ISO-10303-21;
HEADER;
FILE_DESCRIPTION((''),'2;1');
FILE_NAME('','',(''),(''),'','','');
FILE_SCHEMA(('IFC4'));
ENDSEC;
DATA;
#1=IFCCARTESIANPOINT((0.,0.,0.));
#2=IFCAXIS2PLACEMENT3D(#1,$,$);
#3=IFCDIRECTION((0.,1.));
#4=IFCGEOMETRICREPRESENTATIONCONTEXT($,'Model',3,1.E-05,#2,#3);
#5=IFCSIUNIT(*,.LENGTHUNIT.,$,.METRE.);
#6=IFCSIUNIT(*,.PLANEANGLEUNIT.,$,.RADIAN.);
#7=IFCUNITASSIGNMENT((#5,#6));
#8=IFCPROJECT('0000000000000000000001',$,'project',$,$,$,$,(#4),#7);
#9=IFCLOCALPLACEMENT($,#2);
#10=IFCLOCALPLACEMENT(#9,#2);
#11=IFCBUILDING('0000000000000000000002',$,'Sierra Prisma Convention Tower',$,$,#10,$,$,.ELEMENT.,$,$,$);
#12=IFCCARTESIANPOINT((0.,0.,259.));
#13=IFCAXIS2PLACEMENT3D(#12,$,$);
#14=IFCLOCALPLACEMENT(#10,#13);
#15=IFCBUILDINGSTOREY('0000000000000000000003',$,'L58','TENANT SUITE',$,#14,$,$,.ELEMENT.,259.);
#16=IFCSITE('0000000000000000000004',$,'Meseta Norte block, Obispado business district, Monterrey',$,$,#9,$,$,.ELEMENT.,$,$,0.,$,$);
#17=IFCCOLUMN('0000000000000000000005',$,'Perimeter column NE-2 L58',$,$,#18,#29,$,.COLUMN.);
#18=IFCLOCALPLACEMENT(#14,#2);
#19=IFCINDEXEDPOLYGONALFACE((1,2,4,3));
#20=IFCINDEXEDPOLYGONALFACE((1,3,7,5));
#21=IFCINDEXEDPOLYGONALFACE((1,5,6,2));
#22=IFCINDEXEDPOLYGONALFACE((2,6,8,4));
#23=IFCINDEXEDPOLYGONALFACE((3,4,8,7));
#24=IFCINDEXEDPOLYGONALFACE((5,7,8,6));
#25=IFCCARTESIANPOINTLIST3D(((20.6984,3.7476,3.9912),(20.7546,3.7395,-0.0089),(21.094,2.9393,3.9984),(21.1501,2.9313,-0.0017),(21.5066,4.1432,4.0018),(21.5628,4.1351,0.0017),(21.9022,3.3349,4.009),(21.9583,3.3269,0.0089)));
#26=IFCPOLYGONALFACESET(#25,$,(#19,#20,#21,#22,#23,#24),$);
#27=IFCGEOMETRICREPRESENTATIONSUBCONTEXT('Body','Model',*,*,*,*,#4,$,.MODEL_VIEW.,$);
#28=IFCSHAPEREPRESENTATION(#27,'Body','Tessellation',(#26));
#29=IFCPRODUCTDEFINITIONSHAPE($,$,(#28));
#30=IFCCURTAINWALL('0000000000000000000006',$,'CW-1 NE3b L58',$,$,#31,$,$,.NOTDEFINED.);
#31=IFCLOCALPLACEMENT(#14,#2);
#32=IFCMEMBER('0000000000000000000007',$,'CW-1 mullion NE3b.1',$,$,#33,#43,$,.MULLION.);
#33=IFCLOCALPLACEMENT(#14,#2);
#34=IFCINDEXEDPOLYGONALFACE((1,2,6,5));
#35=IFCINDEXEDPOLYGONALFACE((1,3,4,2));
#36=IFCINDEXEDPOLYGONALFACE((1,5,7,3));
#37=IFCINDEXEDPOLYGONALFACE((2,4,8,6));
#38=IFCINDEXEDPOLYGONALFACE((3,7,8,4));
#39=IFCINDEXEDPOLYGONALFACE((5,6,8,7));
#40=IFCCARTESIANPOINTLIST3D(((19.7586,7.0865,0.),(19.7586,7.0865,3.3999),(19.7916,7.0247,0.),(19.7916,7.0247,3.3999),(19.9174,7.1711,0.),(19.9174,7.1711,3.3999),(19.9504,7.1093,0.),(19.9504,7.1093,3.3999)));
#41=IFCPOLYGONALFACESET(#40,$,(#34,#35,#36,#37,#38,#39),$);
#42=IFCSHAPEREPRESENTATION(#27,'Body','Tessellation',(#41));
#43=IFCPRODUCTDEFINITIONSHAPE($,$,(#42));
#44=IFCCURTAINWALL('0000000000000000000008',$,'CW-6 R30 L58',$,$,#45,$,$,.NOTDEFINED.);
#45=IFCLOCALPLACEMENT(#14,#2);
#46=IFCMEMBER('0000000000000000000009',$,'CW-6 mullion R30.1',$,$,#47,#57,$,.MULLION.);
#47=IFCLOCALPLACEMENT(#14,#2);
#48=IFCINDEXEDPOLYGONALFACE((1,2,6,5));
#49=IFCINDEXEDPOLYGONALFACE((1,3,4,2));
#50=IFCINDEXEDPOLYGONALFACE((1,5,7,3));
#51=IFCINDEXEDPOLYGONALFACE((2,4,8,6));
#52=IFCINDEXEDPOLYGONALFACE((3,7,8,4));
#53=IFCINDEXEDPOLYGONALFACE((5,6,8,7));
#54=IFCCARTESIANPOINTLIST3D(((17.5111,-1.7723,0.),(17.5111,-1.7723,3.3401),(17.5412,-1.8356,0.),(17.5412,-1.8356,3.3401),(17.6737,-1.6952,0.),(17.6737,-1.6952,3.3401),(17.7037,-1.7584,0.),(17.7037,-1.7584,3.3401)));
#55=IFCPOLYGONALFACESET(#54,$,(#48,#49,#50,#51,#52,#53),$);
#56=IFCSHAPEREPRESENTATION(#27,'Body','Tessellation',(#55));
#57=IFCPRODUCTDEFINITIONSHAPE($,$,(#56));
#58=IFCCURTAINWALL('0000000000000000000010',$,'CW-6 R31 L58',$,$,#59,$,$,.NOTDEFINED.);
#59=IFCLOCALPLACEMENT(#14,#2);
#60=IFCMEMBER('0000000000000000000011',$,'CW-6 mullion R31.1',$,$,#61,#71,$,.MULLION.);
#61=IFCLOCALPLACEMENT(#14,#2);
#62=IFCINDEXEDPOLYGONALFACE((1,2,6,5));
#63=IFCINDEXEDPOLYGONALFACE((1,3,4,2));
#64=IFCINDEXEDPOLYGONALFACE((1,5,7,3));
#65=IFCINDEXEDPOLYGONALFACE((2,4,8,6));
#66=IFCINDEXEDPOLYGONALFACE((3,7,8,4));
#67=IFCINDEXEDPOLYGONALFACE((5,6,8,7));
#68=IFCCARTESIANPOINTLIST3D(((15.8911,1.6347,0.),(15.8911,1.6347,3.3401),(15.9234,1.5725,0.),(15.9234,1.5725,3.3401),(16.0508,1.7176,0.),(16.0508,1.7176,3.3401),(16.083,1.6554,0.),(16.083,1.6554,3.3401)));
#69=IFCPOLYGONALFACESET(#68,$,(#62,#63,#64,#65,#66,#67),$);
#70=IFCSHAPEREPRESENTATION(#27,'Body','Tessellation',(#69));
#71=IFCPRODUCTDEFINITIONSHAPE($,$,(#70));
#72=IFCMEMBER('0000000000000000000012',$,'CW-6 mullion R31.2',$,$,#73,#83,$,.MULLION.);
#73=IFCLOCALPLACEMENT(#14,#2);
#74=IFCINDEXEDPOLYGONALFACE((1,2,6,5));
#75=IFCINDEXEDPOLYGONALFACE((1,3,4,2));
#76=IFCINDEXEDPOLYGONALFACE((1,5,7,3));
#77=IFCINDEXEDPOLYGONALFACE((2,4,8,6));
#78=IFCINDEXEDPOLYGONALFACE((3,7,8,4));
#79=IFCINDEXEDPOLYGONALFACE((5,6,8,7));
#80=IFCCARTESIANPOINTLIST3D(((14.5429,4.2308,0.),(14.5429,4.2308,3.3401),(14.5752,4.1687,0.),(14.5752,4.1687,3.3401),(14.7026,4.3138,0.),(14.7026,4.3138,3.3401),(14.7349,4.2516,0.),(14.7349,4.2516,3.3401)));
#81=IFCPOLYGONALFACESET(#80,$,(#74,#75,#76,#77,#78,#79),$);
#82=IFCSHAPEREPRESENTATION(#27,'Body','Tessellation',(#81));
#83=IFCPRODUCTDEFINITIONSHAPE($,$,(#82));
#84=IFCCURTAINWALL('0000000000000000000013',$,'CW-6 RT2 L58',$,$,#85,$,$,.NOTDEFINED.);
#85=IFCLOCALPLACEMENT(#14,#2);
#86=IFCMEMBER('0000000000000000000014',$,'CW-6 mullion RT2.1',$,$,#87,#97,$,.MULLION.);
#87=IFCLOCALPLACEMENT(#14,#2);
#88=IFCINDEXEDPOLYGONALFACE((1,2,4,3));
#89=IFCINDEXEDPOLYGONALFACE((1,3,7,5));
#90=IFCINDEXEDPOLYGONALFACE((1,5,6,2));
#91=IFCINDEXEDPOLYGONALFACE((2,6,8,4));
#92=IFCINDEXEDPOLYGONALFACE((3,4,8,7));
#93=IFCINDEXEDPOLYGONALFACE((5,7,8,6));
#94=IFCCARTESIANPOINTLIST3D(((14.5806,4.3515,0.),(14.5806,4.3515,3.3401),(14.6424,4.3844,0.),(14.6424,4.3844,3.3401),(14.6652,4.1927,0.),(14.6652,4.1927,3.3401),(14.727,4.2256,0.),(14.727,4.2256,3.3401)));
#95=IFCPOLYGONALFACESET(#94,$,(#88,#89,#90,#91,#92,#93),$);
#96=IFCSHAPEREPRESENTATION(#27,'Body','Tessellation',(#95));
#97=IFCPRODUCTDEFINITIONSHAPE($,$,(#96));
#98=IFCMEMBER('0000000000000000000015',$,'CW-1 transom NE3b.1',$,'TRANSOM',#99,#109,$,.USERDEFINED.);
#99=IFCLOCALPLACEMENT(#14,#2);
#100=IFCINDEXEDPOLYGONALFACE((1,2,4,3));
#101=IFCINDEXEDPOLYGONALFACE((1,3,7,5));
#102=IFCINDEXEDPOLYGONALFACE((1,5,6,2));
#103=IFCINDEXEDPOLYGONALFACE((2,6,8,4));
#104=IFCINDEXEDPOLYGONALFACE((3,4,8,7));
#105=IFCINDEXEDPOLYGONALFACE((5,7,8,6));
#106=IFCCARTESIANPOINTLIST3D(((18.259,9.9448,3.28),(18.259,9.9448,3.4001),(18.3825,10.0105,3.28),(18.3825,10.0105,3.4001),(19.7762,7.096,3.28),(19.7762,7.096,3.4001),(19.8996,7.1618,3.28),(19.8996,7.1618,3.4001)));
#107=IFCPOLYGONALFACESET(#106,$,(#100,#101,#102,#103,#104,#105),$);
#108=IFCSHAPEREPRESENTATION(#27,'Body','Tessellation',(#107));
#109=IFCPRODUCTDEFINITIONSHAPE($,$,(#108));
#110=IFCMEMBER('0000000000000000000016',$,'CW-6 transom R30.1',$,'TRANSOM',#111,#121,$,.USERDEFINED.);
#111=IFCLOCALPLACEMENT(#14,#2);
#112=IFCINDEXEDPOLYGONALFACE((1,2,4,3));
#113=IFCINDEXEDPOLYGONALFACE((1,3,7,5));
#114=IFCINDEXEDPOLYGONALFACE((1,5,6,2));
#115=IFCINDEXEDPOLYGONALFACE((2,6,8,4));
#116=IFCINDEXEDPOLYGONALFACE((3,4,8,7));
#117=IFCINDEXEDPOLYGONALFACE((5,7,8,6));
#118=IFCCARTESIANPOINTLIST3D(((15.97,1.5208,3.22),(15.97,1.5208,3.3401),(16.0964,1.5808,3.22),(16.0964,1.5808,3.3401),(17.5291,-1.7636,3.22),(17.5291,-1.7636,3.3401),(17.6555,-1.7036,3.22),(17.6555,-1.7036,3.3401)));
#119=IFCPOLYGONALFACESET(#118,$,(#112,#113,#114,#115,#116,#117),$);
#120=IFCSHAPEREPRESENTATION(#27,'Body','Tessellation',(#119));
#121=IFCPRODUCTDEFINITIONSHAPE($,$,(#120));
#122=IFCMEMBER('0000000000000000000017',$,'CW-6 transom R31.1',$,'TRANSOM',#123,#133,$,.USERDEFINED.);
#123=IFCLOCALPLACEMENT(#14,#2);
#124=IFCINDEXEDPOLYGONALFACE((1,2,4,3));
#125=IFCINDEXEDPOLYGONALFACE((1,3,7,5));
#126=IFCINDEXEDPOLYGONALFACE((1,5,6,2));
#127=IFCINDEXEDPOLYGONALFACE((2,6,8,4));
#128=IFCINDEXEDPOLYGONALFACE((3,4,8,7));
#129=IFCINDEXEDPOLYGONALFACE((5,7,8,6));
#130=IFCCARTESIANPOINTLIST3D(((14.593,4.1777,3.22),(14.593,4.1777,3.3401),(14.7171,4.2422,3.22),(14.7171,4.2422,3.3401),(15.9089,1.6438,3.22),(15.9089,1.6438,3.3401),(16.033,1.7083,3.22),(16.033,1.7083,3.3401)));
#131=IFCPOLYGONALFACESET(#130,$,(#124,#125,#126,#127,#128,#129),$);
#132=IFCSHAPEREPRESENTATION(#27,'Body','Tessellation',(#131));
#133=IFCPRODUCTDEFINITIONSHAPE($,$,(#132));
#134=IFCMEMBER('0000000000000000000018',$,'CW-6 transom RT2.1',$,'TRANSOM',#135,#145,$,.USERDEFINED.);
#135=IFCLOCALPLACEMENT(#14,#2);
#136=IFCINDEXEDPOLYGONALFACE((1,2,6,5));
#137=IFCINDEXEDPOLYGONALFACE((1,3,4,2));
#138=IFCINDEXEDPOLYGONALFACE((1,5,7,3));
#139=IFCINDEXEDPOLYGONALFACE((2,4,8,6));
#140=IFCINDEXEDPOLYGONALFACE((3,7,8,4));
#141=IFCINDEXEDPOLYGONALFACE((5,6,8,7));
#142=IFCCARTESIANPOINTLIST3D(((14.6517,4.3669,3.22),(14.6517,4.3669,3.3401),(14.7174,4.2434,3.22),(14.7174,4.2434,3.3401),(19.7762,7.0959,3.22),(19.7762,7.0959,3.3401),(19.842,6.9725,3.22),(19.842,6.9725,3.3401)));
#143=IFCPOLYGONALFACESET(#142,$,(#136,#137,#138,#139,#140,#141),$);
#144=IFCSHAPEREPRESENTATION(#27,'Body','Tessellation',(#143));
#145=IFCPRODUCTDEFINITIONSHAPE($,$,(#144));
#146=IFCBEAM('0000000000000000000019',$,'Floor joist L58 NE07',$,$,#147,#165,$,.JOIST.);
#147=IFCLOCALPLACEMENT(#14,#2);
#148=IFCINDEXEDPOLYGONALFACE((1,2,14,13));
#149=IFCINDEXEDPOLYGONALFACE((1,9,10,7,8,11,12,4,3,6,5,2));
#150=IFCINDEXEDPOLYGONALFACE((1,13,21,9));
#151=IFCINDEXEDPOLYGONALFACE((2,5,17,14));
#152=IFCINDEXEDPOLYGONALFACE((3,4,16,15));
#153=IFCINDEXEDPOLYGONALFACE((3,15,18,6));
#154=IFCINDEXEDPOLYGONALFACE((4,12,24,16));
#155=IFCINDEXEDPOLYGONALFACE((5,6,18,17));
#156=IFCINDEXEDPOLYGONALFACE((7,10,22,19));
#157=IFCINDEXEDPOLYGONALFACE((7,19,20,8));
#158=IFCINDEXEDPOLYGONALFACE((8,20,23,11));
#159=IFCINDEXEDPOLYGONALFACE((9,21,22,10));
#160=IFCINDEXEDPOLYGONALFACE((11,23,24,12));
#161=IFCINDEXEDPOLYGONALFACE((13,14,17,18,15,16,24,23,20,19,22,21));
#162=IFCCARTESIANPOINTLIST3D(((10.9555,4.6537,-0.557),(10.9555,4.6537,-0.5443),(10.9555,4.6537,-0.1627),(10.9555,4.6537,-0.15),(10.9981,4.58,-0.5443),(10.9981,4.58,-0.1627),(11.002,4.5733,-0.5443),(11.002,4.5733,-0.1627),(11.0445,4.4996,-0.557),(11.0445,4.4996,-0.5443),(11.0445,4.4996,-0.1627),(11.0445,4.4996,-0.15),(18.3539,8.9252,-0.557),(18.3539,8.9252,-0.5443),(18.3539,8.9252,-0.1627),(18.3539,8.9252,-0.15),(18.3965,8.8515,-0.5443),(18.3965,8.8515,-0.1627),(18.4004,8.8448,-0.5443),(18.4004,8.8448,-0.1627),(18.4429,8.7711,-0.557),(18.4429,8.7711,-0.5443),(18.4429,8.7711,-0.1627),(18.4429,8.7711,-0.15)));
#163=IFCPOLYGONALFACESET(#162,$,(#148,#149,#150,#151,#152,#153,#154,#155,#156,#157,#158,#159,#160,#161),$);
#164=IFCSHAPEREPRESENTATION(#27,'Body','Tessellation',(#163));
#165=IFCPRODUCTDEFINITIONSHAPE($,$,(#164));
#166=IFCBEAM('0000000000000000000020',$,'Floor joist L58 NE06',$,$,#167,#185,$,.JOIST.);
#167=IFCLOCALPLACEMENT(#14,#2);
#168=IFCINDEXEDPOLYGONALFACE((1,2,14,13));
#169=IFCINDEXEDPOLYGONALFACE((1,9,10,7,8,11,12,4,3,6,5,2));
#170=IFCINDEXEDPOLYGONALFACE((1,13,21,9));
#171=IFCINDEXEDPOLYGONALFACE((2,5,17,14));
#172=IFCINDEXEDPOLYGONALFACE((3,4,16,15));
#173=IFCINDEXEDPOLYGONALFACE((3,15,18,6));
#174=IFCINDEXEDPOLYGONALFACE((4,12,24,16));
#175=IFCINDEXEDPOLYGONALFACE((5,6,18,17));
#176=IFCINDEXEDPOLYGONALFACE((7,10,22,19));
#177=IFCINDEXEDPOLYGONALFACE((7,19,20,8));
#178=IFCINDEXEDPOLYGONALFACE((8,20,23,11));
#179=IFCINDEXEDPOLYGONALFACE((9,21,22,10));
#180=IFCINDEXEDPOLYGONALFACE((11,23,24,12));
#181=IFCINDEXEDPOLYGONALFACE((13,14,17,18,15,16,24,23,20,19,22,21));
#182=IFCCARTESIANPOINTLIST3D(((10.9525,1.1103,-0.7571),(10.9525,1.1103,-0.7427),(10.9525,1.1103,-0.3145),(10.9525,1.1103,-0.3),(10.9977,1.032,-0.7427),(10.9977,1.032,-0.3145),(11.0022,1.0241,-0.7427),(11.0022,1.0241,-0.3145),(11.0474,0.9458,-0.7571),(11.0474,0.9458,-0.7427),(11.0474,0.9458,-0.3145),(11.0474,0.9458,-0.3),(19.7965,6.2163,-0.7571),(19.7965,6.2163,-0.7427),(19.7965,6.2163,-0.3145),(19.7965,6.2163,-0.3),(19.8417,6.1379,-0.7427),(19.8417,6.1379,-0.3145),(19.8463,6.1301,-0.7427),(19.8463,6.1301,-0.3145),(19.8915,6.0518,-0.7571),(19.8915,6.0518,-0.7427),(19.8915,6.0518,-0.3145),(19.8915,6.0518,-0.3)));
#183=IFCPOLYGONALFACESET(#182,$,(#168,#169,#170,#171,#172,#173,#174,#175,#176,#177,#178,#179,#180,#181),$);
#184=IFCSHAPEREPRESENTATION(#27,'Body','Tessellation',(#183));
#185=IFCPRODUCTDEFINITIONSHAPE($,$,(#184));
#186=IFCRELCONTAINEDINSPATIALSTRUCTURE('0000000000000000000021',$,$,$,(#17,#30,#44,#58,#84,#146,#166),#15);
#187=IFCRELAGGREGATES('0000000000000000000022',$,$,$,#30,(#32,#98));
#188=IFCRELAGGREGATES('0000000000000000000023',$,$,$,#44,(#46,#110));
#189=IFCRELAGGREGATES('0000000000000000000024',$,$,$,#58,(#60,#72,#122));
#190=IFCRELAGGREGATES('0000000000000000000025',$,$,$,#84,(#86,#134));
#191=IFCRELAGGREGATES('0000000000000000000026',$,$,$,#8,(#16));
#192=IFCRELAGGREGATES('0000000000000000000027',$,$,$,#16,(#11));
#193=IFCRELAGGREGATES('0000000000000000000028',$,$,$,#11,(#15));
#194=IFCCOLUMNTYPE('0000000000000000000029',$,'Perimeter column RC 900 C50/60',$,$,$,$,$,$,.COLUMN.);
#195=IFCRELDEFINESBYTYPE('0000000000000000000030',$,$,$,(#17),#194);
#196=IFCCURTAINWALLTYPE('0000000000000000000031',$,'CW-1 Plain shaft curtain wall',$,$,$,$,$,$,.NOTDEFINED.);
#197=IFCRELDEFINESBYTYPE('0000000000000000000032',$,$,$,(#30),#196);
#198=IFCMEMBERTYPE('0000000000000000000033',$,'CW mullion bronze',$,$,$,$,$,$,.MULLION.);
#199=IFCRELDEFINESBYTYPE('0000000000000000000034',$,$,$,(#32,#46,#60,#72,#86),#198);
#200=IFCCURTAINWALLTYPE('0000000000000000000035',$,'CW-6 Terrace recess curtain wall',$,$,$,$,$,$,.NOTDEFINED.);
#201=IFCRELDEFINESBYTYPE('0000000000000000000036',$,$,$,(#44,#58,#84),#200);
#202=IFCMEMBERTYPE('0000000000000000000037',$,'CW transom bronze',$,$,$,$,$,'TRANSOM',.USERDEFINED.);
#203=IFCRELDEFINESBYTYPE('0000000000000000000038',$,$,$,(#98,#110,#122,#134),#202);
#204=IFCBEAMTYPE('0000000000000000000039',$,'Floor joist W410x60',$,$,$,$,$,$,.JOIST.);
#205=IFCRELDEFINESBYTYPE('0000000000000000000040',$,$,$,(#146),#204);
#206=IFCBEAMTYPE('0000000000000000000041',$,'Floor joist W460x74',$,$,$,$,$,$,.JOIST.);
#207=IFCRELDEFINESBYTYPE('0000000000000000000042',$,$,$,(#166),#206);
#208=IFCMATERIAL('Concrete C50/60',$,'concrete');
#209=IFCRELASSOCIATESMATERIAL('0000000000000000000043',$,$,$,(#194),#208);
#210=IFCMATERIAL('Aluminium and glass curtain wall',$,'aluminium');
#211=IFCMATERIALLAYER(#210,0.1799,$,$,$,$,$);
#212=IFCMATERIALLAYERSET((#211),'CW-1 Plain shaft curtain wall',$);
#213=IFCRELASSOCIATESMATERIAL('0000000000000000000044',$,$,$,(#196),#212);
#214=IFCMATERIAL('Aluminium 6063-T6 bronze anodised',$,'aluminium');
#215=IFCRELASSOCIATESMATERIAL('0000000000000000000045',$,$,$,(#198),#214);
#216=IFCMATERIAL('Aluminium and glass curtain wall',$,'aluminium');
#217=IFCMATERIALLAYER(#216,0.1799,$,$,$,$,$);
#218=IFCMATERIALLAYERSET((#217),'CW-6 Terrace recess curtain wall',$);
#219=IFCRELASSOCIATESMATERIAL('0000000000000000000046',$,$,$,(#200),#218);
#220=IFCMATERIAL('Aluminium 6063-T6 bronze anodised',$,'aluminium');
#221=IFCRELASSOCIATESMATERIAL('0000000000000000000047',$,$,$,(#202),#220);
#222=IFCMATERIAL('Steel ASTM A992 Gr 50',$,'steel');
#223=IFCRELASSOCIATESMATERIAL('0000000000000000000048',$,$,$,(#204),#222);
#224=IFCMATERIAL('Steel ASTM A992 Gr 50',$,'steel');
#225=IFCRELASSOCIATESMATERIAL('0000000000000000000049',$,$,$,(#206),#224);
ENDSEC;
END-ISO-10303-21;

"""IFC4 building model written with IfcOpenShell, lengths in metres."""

from ifc_helpers import new_model, si_unit, direction, frame, origin, origin_2d, place, context, subcontext, project, spatial, rectangle, i_section, extrude, material, layer, layer_set, material_profile, profile_set, type_object, element, aggregate, save


model = new_model("IFC4")

# Units and contexts
model_context = context("Model", 3, precision=1e-05, world=origin(), true_north=direction((0.0, 1.0)))
body_context = subcontext(model_context, "Body", "Model", "MODEL_VIEW")
ifc_project = project(units=[si_unit("LENGTHUNIT", "METRE"), si_unit("PLANEANGLEUNIT", "RADIAN")], contexts=[model_context])

# Site, building, storey
site_placement = place(None, origin())
site = spatial("IfcSite", under=ifc_project, at=site_placement, Name="Meseta Norte block, Obispado business district, Monterrey", CompositionType="ELEMENT", RefElevation=0.0)
building_placement = place(site_placement, origin())
building = spatial("IfcBuilding", under=site, at=building_placement, Name="Sierra Prisma Convention Tower", CompositionType="ELEMENT")
storey_placement = place(building_placement, frame((0.0, 0.0, 259.0)))
storey = spatial("IfcBuildingStorey", under=building, at=storey_placement, Name="L58", Description="TENANT SUITE", CompositionType="ELEMENT", Elevation=259.0)

# Column
ifc_material_1 = material(Name="Concrete C50/60", Category="concrete")
ifc_material_profile_1 = material_profile(ifc_material_1, rectangle(XDim=0.8999, YDim=0.8999, at=origin_2d()), Name="Perimeter column RC 900 C50/60")
ifc_profile_set_1 = profile_set([ifc_material_profile_1], Name="Concrete C50/60")
column_type = type_object("IfcColumnType", Name="Perimeter column RC 900 C50/60", PredefinedType="COLUMN", material=ifc_profile_set_1)
column_placement = place(storey_placement, frame((21.3564, 3.5332, 0.0), z_axis=(-0.014037, 0.002014, 0.999899), x_axis=(-0.439532, 0.898191, -0.007979)))
element("IfcColumn", 1, at=column_placement, inside=storey, type_object=column_type, Name="Perimeter column NE-2 L58", PredefinedType="COLUMN", context=body_context, shape_type="SweptSolid", body=[
    extrude(rectangle(XDim=0.8999, YDim=0.8999, at=origin_2d()), origin(), (0.0, 0.0, 1.0), 4.0005),
])

# Curtain walls, members
ifc_material_2 = material(Name="Aluminium and glass curtain wall", Category="aluminium")
ifc_layer_1 = layer(ifc_material_2, 0.1799)
ifc_layer_set_1 = layer_set([ifc_layer_1], Name="CW-1 Plain shaft curtain wall")
curtain_wall_type_1 = type_object("IfcCurtainWallType", Name="CW-1 Plain shaft curtain wall", PredefinedType="NOTDEFINED", material=ifc_layer_set_1)
curtain_wall_1_placement = place(storey_placement, origin())
curtain_wall_1 = element("IfcCurtainWall", 2, at=curtain_wall_1_placement, inside=storey, type_object=curtain_wall_type_1, Name="CW-1 NE3b L58", PredefinedType="NOTDEFINED")
ifc_material_3 = material(Name="Aluminium 6063-T6 bronze anodised", Category="aluminium")
ifc_material_profile_2 = material_profile(ifc_material_3, rectangle(XDim=0.1799, YDim=0.0701, at=origin_2d()), Name="ALU MULLION 70x180")
ifc_profile_set_2 = profile_set([ifc_material_profile_2], Name="Aluminium 6063-T6 bronze anodised")
member_type_1 = type_object("IfcMemberType", Name="CW mullion bronze", PredefinedType="MULLION", material=ifc_profile_set_2)
member_1_placement = place(storey_placement, frame((19.8545, 7.0979, 0.0), z_axis=(0.0, 0.0, 1.0), x_axis=(-0.882633, -0.470063, 0.0)))
member_1 = element("IfcMember", 3, at=member_1_placement, type_object=member_type_1, Name="CW-1 mullion NE3b.1", PredefinedType="MULLION", context=body_context, shape_type="SweptSolid", body=[
    extrude(rectangle(XDim=0.1799, YDim=0.0701, at=origin_2d()), origin(), (0.0, 0.0, 1.0), 3.3999),
])
ifc_material_4 = material(Name="Aluminium and glass curtain wall", Category="aluminium")
ifc_layer_2 = layer(ifc_material_4, 0.1799)
ifc_layer_set_2 = layer_set([ifc_layer_2], Name="CW-6 Terrace recess curtain wall")
curtain_wall_type_2 = type_object("IfcCurtainWallType", Name="CW-6 Terrace recess curtain wall", PredefinedType="NOTDEFINED", material=ifc_layer_set_2)
curtain_wall_2_placement = place(storey_placement, origin())
curtain_wall_2 = element("IfcCurtainWall", 4, at=curtain_wall_2_placement, inside=storey, type_object=curtain_wall_type_2, Name="CW-6 R30 L58", PredefinedType="NOTDEFINED")
member_2_placement = place(storey_placement, frame((17.6074, -1.7654, 0.0), z_axis=(0.0, 0.0, 1.0), x_axis=(-0.903377, -0.428848, 0.0)))
member_2 = element("IfcMember", 5, at=member_2_placement, type_object=member_type_1, Name="CW-6 mullion R30.1", PredefinedType="MULLION", context=body_context, shape_type="SweptSolid", body=[
    extrude(rectangle(XDim=0.1799, YDim=0.0701, at=origin_2d()), origin(), (0.0, 0.0, 1.0), 3.3401),
])

# Curtain wall, members
curtain_wall_3_placement = place(storey_placement, origin())
curtain_wall_3 = element("IfcCurtainWall", 6, at=curtain_wall_3_placement, inside=storey, type_object=curtain_wall_type_2, Name="CW-6 R31 L58", PredefinedType="NOTDEFINED")
member_3_placement = place(storey_placement, frame((15.9871, 1.645, 0.0), z_axis=(0.0, 0.0, 1.0), x_axis=(-0.887483, -0.460841, 0.0)))
member_3 = element("IfcMember", 7, at=member_3_placement, type_object=member_type_1, Name="CW-6 mullion R31.1", PredefinedType="MULLION", context=body_context, shape_type="SweptSolid", body=[
    extrude(rectangle(XDim=0.1799, YDim=0.0701, at=origin_2d()), origin(), (0.0, 0.0, 1.0), 3.3401),
])
member_4_placement = place(storey_placement, frame((14.6389, 4.2412, 0.0), z_axis=(0.0, 0.0, 1.0), x_axis=(-0.887483, -0.460841, 0.0)))
member_4 = element("IfcMember", 8, at=member_4_placement, type_object=member_type_1, Name="CW-6 mullion R31.2", PredefinedType="MULLION", context=body_context, shape_type="SweptSolid", body=[
    extrude(rectangle(XDim=0.1799, YDim=0.0701, at=origin_2d()), origin(), (0.0, 0.0, 1.0), 3.3401),
])

# Curtain wall, member
curtain_wall_4_placement = place(storey_placement, origin())
curtain_wall_4 = element("IfcCurtainWall", 9, at=curtain_wall_4_placement, inside=storey, type_object=curtain_wall_type_2, Name="CW-6 RT2 L58", PredefinedType="NOTDEFINED")
member_5_placement = place(storey_placement, frame((14.6538, 4.2886, 0.0), z_axis=(0.0, 0.0, 1.0), x_axis=(-0.470063, 0.882633, 0.0)))
member_5 = element("IfcMember", 10, at=member_5_placement, type_object=member_type_1, Name="CW-6 mullion RT2.1", PredefinedType="MULLION", context=body_context, shape_type="SweptSolid", body=[
    extrude(rectangle(XDim=0.1799, YDim=0.0701, at=origin_2d()), origin(), (0.0, 0.0, 1.0), 3.3401),
])

# Members
ifc_material_5 = material(Name="Aluminium 6063-T6 bronze anodised", Category="aluminium")
ifc_material_profile_3 = material_profile(ifc_material_5, rectangle(XDim=0.1399, YDim=0.1201, at=origin_2d()), Name="ALU TRANSOM 120x140")
ifc_profile_set_3 = profile_set([ifc_material_profile_3], Name="Aluminium 6063-T6 bronze anodised")
member_type_2 = type_object("IfcMemberType", Name="CW transom bronze", ElementType="TRANSOM", PredefinedType="USERDEFINED", material=ifc_profile_set_3)
member_6_placement = place(storey_placement, frame((19.8379, 7.1289, 3.3401), z_axis=(-0.470062, 0.882633, 0.0), x_axis=(-0.882633, -0.470062, 0.0)))
member_6 = element("IfcMember", 11, at=member_6_placement, type_object=member_type_2, Name="CW-1 transom NE3b.1", ObjectType="TRANSOM", PredefinedType="USERDEFINED", context=body_context, shape_type="SweptSolid", body=[
    extrude(rectangle(XDim=0.1399, YDim=0.1201, at=origin_2d()), origin(), (0.0, 0.0, 1.0), 3.2275),
])
member_7_placement = place(storey_placement, frame((17.5923, -1.7336, 3.28), z_axis=(-0.428828, 0.903386, 0.0), x_axis=(-0.903386, -0.428828, 0.0)))
member_7 = element("IfcMember", 12, at=member_7_placement, type_object=member_type_2, Name="CW-6 transom R30.1", ObjectType="TRANSOM", PredefinedType="USERDEFINED", context=body_context, shape_type="SweptSolid", body=[
    extrude(rectangle(XDim=0.1399, YDim=0.1201, at=origin_2d()), origin(), (0.0, 0.0, 1.0), 3.6357),
])
member_8_placement = place(storey_placement, frame((15.9709, 1.676, 3.28), z_axis=(-0.460876, 0.887464, 0.0), x_axis=(-0.887464, -0.460876, 0.0)))
member_8 = element("IfcMember", 13, at=member_8_placement, type_object=member_type_2, Name="CW-6 transom R31.1", ObjectType="TRANSOM", PredefinedType="USERDEFINED", context=body_context, shape_type="SweptSolid", body=[
    extrude(rectangle(XDim=0.1399, YDim=0.1201, at=origin_2d()), origin(), (0.0, 0.0, 1.0), 2.8552),
])
member_9_placement = place(storey_placement, frame((14.6846, 4.3052, 3.28), z_axis=(0.882644, 0.470043, 0.0), x_axis=(-0.470043, 0.882644, 0.0)))
member_9 = element("IfcMember", 14, at=member_9_placement, type_object=member_type_2, Name="CW-6 transom RT2.1", ObjectType="TRANSOM", PredefinedType="USERDEFINED", context=body_context, shape_type="SweptSolid", body=[
    extrude(rectangle(XDim=0.1399, YDim=0.1201, at=origin_2d()), origin(), (0.0, 0.0, 1.0), 5.8059),
])

# Beams
ifc_material_6 = material(Name="Steel ASTM A992 Gr 50", Category="steel")
ifc_material_profile_4 = material_profile(ifc_material_6, i_section(OverallWidth=0.178, OverallDepth=0.407, WebThickness=0.0078, FlangeThickness=0.0127, at=origin_2d()), Name="W410x60")
ifc_profile_set_4 = profile_set([ifc_material_profile_4], Name="Steel ASTM A992 Gr 50")
beam_type_1 = type_object("IfcBeamType", Name="Floor joist W410x60", PredefinedType="JOIST", material=ifc_profile_set_4)
beam_1_placement = place(storey_placement, frame((18.3984, 8.8481, -0.3535), z_axis=(-0.866026, -0.5, 0.0), x_axis=(0.5, -0.866026, 0.0)))
element("IfcBeam", 15, at=beam_1_placement, inside=storey, type_object=beam_type_1, Name="Floor joist L58 NE07", PredefinedType="JOIST", context=body_context, shape_type="SweptSolid", body=[
    extrude(i_section(OverallWidth=0.178, OverallDepth=0.407, WebThickness=0.0078, FlangeThickness=0.0127, at=origin_2d()), origin(), (0.0, 0.0, 1.0), 8.543),
])
ifc_material_7 = material(Name="Steel ASTM A992 Gr 50", Category="steel")
ifc_material_profile_5 = material_profile(ifc_material_7, i_section(OverallWidth=0.1899, OverallDepth=0.457, WebThickness=0.009, FlangeThickness=0.0144, at=origin_2d()), Name="W460x74")
ifc_profile_set_5 = profile_set([ifc_material_profile_5], Name="Steel ASTM A992 Gr 50")
beam_type_2 = type_object("IfcBeamType", Name="Floor joist W460x74", PredefinedType="JOIST", material=ifc_profile_set_5)
beam_2_placement = place(storey_placement, frame((19.844, 6.134, -0.5286), z_axis=(-0.866031, -0.499991, 0.0), x_axis=(0.499991, -0.866031, 0.0)))
element("IfcBeam", 16, at=beam_2_placement, inside=storey, type_object=beam_type_2, Name="Floor joist L58 NE06", PredefinedType="JOIST", context=body_context, shape_type="SweptSolid", body=[
    extrude(i_section(OverallWidth=0.1899, OverallDepth=0.457, WebThickness=0.009, FlangeThickness=0.0144, at=origin_2d()), origin(), (0.0, 0.0, 1.0), 10.2122),
])

aggregate(curtain_wall_1, [member_1, member_6])
aggregate(curtain_wall_2, [member_2, member_7])
aggregate(curtain_wall_3, [member_3, member_4, member_8])
aggregate(curtain_wall_4, [member_5, member_9])

save(model, "model.ifc")
